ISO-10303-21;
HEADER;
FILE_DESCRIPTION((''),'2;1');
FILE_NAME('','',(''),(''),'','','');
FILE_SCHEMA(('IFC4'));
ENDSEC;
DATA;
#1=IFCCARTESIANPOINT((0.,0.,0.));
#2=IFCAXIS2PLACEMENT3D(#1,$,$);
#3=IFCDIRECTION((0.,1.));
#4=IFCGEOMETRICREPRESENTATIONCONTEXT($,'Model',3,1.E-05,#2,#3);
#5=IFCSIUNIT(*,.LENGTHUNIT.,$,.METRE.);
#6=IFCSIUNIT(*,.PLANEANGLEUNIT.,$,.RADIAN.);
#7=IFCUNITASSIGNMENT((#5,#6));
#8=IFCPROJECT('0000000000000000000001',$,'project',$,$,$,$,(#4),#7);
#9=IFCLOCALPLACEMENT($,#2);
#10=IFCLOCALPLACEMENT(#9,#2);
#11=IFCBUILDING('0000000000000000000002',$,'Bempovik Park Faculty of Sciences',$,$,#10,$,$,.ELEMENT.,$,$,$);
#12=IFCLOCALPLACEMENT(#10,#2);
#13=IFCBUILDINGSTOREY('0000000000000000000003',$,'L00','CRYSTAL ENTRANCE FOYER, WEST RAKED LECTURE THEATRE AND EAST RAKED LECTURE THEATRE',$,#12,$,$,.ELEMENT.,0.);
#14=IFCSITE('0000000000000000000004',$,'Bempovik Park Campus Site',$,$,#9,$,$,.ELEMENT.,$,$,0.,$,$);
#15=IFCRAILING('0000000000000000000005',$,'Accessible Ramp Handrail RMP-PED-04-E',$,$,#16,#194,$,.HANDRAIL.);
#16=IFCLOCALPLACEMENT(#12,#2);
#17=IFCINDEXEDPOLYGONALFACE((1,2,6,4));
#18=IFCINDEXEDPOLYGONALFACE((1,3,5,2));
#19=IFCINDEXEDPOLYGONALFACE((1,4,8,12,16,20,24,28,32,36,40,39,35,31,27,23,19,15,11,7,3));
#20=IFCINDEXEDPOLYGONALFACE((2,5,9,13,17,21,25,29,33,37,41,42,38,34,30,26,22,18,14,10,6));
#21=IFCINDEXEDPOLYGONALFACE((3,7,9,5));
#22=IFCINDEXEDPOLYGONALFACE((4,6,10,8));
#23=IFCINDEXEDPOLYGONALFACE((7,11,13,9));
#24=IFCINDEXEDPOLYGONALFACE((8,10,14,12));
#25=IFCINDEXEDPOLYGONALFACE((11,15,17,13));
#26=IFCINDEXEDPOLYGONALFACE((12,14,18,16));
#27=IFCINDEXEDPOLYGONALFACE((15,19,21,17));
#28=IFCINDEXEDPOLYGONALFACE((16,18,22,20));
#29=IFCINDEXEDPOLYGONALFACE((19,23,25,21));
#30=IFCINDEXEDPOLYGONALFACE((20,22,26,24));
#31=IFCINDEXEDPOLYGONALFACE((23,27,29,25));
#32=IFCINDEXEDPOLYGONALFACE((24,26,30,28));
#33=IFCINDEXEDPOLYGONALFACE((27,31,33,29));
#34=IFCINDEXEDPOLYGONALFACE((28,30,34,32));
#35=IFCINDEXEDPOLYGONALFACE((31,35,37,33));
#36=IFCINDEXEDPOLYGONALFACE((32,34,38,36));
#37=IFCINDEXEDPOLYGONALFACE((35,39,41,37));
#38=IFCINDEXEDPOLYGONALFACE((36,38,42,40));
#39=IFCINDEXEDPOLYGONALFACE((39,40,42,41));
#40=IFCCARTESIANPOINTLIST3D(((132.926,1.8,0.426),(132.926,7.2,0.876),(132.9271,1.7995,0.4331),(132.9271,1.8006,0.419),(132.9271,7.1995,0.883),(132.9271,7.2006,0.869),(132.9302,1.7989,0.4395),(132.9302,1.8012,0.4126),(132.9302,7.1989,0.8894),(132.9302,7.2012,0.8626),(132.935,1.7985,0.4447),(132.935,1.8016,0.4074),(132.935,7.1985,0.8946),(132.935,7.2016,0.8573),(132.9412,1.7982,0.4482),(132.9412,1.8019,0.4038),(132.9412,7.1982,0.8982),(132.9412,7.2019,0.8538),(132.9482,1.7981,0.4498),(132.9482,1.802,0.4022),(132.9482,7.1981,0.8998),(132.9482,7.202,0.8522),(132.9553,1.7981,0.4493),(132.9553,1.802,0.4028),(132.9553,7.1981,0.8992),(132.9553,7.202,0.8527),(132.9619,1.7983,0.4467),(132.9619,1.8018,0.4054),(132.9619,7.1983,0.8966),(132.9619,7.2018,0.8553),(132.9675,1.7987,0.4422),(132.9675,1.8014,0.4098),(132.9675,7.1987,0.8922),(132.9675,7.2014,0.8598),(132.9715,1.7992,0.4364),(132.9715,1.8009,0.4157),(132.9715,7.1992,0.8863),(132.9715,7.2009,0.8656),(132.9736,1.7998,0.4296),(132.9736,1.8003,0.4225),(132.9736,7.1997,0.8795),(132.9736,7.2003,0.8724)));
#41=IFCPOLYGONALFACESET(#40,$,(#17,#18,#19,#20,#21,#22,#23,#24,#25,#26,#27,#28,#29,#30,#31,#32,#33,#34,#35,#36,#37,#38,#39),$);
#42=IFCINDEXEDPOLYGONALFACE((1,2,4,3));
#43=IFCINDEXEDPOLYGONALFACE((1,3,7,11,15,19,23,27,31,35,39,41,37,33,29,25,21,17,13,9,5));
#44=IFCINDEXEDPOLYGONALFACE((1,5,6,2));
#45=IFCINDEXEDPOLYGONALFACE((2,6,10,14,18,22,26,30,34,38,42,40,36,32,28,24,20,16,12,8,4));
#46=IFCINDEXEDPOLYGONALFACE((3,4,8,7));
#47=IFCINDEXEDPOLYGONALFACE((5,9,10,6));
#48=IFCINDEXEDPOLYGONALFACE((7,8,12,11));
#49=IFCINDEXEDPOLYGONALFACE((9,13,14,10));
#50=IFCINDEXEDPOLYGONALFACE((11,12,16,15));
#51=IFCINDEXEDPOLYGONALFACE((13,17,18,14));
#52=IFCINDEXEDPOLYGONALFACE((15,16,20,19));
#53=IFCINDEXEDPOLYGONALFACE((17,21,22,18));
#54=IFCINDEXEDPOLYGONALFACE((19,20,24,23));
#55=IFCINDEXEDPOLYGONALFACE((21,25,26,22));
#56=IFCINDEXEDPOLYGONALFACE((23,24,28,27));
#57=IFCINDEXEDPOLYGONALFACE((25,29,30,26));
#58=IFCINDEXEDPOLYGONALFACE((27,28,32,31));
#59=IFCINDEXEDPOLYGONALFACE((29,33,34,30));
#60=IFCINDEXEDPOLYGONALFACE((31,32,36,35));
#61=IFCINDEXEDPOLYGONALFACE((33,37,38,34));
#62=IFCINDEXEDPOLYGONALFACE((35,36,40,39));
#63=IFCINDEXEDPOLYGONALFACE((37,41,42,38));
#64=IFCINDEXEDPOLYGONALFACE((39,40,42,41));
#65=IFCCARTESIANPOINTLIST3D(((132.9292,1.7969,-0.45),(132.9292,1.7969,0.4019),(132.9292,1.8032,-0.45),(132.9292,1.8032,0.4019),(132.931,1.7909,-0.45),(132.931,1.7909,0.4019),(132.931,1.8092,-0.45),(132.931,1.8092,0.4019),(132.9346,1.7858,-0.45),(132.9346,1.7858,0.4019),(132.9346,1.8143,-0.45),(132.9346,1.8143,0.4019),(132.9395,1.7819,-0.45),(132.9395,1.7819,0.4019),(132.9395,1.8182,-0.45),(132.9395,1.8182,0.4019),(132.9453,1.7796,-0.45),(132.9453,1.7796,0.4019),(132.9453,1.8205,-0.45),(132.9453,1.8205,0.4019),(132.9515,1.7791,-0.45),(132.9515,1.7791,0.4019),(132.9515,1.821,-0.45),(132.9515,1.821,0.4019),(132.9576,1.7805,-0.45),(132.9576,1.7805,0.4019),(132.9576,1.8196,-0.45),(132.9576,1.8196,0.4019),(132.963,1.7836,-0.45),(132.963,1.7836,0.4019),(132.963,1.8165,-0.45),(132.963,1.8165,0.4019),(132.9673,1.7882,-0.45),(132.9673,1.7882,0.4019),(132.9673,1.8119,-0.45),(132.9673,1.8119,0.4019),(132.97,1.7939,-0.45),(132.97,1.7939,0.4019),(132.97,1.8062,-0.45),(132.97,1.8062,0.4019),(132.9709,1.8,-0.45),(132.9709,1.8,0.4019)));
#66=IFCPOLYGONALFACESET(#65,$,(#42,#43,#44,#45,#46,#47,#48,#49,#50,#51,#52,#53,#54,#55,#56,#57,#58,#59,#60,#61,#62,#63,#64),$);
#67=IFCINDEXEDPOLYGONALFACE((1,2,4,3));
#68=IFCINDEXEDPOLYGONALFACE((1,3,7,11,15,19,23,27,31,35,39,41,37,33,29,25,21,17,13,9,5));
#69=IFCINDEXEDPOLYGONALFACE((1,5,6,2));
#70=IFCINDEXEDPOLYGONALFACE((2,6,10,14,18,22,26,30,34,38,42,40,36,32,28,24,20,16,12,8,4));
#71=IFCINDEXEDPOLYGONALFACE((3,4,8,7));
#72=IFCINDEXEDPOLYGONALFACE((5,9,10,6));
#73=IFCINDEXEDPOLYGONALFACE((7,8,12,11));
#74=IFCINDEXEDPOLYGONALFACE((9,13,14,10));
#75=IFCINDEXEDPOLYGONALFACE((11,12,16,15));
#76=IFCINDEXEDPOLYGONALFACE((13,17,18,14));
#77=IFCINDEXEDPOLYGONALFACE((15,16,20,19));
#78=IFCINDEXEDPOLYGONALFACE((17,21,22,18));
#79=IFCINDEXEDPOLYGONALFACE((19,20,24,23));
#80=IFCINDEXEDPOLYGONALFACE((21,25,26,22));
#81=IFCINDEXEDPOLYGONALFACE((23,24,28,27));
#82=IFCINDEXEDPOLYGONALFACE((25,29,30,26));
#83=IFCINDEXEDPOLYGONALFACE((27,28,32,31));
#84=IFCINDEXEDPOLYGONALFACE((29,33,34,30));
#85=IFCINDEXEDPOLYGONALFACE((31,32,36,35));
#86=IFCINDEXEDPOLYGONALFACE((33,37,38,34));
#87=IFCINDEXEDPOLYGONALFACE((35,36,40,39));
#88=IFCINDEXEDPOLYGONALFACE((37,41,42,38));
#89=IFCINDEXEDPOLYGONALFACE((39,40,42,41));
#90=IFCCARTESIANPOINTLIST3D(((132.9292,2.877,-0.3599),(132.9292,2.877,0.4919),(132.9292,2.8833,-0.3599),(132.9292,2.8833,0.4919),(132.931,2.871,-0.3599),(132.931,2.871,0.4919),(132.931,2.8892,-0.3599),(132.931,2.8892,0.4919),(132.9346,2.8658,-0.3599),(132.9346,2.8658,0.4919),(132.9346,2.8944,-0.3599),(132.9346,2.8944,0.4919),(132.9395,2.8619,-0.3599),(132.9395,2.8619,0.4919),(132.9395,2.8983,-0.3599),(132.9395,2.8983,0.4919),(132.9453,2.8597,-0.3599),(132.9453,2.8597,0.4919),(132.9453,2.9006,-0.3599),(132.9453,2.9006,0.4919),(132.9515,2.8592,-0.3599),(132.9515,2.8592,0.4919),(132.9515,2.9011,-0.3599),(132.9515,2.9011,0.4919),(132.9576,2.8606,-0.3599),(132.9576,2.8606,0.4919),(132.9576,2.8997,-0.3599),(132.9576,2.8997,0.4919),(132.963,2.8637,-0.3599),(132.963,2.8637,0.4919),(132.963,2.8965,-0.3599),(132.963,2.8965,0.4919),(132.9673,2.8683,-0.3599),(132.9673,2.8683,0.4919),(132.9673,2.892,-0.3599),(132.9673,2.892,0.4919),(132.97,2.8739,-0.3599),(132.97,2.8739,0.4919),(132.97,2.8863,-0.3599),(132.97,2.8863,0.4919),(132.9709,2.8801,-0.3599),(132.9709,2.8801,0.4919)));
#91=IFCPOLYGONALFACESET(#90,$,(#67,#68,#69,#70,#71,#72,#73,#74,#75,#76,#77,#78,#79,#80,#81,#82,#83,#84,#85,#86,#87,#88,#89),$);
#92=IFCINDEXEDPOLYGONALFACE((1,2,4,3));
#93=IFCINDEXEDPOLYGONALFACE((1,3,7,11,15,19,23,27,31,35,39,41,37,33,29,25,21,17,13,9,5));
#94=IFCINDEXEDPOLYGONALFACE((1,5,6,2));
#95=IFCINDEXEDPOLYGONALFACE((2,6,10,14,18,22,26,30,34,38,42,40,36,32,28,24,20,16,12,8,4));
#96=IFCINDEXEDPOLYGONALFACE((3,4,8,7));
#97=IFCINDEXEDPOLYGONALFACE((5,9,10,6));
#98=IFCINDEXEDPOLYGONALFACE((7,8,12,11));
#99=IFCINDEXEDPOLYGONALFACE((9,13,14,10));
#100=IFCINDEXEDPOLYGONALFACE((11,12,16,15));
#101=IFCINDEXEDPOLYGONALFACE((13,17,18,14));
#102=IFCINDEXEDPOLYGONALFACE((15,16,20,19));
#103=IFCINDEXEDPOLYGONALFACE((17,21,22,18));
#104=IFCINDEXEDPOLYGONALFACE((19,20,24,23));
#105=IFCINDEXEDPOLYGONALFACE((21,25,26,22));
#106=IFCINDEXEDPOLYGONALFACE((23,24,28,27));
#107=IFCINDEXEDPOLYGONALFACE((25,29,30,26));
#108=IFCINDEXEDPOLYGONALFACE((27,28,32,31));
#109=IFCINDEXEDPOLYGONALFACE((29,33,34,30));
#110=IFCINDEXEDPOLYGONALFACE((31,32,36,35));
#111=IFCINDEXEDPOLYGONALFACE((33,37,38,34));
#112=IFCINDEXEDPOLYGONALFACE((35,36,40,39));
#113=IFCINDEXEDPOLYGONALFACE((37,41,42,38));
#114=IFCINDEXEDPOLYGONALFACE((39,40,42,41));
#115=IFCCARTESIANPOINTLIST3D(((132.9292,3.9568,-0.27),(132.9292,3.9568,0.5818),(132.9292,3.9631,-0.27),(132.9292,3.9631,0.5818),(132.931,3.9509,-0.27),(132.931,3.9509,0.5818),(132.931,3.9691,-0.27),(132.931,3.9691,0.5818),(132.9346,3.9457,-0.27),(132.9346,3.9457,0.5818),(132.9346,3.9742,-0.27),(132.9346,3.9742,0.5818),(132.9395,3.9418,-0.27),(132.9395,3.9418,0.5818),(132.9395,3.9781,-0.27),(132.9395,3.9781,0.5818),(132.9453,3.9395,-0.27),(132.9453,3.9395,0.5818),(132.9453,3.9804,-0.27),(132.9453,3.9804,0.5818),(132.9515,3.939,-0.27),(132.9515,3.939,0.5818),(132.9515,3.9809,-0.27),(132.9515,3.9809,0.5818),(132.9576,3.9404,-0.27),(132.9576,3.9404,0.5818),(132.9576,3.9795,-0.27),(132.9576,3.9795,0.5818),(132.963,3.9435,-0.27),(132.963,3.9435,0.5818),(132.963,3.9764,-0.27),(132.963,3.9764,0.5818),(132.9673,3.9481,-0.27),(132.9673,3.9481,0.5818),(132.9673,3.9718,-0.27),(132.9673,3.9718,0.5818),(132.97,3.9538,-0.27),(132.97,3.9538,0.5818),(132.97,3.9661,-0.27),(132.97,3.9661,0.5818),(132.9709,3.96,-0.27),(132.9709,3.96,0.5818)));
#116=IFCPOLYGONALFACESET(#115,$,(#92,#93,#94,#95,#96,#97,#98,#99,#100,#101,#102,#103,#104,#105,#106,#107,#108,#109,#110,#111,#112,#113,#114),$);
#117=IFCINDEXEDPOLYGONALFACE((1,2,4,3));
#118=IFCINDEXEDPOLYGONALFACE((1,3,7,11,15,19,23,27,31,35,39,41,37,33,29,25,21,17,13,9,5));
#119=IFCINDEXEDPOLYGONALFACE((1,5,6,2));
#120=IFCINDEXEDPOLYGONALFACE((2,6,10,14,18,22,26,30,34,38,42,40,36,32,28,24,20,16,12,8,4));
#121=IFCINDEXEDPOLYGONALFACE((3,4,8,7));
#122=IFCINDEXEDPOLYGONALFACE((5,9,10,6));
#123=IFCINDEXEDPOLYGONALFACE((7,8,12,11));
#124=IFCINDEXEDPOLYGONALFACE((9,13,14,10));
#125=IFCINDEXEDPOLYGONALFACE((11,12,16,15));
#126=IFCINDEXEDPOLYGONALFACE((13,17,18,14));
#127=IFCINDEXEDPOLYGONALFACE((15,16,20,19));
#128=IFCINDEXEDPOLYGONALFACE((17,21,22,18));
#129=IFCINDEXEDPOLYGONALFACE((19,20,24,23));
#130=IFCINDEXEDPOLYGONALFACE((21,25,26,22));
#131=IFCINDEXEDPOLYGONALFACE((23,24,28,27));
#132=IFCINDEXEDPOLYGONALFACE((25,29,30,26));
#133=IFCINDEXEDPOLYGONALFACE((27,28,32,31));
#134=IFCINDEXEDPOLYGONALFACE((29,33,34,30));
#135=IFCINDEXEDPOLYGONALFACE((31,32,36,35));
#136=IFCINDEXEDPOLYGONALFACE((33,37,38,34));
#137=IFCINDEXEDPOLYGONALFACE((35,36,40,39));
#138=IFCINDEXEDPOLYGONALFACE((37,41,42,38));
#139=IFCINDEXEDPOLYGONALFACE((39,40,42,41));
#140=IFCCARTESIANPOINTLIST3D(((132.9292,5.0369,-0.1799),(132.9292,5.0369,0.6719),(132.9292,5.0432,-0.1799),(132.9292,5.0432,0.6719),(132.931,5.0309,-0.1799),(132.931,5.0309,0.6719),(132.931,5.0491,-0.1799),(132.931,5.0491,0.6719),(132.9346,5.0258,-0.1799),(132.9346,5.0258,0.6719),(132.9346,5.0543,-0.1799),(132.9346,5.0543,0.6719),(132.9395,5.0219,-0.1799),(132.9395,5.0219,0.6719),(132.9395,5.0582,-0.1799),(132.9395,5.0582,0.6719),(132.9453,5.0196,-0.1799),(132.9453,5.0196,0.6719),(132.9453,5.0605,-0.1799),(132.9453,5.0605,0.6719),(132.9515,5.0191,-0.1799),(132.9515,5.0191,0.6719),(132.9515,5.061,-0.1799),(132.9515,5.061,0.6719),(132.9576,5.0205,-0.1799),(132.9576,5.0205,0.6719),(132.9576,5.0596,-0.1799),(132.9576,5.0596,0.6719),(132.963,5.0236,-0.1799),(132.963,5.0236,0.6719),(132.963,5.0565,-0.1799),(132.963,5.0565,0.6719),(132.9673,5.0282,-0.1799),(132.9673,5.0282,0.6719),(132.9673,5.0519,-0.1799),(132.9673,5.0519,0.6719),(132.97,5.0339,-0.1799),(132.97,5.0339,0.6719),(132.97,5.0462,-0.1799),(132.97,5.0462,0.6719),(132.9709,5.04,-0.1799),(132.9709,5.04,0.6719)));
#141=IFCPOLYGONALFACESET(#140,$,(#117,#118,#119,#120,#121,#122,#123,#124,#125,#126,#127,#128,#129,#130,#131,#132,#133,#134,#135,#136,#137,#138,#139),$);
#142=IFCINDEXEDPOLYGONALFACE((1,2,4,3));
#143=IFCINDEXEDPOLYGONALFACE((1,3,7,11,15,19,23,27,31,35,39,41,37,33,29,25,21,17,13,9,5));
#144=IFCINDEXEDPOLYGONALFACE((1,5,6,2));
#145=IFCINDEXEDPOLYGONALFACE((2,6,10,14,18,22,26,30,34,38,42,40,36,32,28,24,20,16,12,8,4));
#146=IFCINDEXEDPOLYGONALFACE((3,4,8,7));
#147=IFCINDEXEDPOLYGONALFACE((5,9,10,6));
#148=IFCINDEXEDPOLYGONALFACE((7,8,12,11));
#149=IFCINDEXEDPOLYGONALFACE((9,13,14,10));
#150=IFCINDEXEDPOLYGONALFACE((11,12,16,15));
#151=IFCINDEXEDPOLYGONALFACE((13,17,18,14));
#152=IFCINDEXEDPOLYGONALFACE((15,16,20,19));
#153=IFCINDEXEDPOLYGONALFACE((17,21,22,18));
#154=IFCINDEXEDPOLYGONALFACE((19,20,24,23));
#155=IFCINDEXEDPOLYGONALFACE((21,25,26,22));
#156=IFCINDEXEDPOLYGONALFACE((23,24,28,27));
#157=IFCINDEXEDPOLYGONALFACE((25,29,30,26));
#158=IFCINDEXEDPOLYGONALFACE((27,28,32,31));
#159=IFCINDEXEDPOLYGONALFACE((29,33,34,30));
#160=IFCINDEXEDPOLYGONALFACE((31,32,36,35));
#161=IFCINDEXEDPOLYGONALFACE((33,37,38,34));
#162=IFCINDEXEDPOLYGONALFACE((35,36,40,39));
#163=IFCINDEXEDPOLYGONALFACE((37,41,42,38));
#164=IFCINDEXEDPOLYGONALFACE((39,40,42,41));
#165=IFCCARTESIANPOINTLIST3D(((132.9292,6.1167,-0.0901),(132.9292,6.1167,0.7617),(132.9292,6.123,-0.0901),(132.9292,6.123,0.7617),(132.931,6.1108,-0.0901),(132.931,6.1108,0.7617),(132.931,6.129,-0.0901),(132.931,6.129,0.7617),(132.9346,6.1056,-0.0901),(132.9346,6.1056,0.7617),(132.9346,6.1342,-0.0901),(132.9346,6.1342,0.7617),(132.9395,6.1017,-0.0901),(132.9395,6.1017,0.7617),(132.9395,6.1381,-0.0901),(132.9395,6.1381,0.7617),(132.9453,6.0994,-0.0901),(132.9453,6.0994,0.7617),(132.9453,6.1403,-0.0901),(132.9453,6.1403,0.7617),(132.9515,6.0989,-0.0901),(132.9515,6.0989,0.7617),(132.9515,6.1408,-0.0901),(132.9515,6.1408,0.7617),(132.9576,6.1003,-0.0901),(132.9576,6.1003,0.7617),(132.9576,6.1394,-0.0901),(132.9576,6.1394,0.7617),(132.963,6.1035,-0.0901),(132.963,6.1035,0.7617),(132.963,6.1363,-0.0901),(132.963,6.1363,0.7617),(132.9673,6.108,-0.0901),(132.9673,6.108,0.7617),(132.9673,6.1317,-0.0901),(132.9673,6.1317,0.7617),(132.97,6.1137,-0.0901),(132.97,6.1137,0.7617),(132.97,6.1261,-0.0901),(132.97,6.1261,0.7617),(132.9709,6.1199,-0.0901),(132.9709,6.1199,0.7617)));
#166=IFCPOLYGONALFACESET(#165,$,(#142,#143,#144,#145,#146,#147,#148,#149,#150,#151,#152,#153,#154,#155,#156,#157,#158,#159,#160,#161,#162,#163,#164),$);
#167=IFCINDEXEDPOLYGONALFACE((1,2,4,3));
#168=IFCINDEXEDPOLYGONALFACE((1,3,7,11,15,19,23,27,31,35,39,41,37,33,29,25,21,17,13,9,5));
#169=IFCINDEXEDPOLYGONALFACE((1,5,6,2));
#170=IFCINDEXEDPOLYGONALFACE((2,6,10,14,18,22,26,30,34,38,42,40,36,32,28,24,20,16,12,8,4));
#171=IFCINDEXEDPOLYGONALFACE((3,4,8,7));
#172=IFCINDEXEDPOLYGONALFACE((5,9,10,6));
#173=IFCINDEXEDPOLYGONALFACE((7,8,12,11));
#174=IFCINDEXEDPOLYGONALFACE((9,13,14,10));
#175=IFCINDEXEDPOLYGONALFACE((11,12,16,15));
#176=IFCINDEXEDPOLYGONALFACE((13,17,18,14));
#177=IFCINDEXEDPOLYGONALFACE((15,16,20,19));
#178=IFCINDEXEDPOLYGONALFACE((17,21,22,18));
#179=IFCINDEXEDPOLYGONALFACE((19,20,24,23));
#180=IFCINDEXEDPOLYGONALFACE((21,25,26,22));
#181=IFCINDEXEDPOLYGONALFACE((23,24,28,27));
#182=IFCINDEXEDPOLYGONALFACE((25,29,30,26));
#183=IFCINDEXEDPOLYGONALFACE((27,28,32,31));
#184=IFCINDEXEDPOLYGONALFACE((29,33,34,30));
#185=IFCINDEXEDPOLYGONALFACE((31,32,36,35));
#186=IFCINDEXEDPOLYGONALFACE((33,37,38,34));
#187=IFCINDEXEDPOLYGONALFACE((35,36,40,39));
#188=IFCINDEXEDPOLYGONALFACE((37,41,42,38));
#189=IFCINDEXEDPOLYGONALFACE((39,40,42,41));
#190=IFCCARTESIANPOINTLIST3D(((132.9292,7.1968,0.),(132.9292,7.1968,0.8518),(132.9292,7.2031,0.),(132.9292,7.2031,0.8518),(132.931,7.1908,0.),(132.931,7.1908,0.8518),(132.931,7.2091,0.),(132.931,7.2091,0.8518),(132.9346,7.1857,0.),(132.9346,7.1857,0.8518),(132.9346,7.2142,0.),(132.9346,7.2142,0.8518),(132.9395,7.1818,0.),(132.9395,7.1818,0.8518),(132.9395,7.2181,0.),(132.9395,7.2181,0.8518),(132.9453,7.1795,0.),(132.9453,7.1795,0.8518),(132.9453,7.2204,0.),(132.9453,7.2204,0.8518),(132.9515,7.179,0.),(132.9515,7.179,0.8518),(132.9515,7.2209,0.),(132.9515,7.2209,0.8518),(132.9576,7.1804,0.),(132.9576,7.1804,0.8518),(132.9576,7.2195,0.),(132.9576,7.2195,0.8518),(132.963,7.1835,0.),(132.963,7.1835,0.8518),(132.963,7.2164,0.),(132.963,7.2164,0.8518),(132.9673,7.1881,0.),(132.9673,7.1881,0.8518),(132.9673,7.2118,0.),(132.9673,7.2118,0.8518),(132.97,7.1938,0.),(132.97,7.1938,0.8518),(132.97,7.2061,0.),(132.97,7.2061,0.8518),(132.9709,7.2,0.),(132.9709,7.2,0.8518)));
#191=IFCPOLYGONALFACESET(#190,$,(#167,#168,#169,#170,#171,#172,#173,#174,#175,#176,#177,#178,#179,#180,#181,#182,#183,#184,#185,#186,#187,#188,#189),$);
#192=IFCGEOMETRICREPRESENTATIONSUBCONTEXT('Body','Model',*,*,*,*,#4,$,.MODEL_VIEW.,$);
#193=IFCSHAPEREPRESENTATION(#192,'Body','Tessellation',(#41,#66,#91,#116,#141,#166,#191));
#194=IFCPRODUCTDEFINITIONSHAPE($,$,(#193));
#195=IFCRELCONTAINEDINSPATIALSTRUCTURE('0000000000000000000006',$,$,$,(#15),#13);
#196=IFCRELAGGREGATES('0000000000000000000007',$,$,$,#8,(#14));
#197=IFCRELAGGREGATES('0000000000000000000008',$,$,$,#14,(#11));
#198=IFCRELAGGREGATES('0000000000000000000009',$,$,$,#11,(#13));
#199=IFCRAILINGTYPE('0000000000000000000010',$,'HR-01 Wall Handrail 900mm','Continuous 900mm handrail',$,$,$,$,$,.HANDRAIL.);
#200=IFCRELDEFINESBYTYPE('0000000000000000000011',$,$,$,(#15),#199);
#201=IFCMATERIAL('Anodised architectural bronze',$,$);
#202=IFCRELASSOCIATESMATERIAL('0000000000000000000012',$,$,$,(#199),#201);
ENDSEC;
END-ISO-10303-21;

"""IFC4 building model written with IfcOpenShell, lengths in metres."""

from ifc_helpers import new_model, si_unit, direction, frame, origin, origin_2d, place, context, subcontext, project, spatial, circle, extrude, material, type_object, element, save


model = new_model("IFC4")

# Units and contexts
model_context = context("Model", 3, precision=1e-05, world=origin(), true_north=direction((0.0, 1.0)))
body_context = subcontext(model_context, "Body", "Model", "MODEL_VIEW")
ifc_project = project(units=[si_unit("LENGTHUNIT", "METRE"), si_unit("PLANEANGLEUNIT", "RADIAN")], contexts=[model_context])

# Site, building, storey
site_placement = place(None, origin())
site = spatial("IfcSite", under=ifc_project, at=site_placement, Name="Bempovik Park Campus Site", CompositionType="ELEMENT", RefElevation=0.0)
building_placement = place(site_placement, origin())
building = spatial("IfcBuilding", under=site, at=building_placement, Name="Bempovik Park Faculty of Sciences", CompositionType="ELEMENT")
storey_placement = place(building_placement, origin())
storey = spatial("IfcBuildingStorey", under=building, at=storey_placement, Name="L00", Description="CRYSTAL ENTRANCE FOYER, WEST RAKED LECTURE THEATRE AND EAST RAKED LECTURE THEATRE", CompositionType="ELEMENT", Elevation=0.0)

# Railing
ifc_material_1 = material(Name="Anodised architectural bronze")
railing_type = type_object("IfcRailingType", Name="HR-01 Wall Handrail 900mm", Description="Continuous 900mm handrail", PredefinedType="HANDRAIL", material=ifc_material_1)
for number, where, name in (
    (1, (132.95, 1.8, -0.45), "Accessible Ramp Handrail RMP-PED-04-E"),
):
    element("IfcRailing", number, at=place(storey_placement, frame(where)), inside=storey, type_object=railing_type, Name=name, PredefinedType="HANDRAIL", context=body_context, shape_type="SweptSolid", body=[
        extrude(circle(Radius=0.0239, at=origin_2d()), frame((0.0, 0.0, 0.876), z_axis=(0.0, 0.996546, 0.083038), x_axis=(-1.0, 0.0, 0.0)), (0.0, 0.0, 1.0), 5.4187),
        extrude(circle(Radius=0.021, at=origin_2d()), origin(), (0.0, 0.0, 1.0), 0.8518),
        extrude(circle(Radius=0.021, at=origin_2d()), frame((0.0, 1.0801, 0.0901)), (0.0, 0.0, 1.0), 0.8518),
        extrude(circle(Radius=0.021, at=origin_2d()), frame((0.0, 2.1599, 0.1799)), (0.0, 0.0, 1.0), 0.8518),
        extrude(circle(Radius=0.021, at=origin_2d()), frame((0.0, 3.24, 0.27)), (0.0, 0.0, 1.0), 0.8518),
        extrude(circle(Radius=0.021, at=origin_2d()), frame((0.0, 4.3198, 0.3599)), (0.0, 0.0, 1.0), 0.8518),
        extrude(circle(Radius=0.021, at=origin_2d()), frame((0.0, 5.3999, 0.45)), (0.0, 0.0, 1.0), 0.8518),
    ])

save(model, "model.ifc")
